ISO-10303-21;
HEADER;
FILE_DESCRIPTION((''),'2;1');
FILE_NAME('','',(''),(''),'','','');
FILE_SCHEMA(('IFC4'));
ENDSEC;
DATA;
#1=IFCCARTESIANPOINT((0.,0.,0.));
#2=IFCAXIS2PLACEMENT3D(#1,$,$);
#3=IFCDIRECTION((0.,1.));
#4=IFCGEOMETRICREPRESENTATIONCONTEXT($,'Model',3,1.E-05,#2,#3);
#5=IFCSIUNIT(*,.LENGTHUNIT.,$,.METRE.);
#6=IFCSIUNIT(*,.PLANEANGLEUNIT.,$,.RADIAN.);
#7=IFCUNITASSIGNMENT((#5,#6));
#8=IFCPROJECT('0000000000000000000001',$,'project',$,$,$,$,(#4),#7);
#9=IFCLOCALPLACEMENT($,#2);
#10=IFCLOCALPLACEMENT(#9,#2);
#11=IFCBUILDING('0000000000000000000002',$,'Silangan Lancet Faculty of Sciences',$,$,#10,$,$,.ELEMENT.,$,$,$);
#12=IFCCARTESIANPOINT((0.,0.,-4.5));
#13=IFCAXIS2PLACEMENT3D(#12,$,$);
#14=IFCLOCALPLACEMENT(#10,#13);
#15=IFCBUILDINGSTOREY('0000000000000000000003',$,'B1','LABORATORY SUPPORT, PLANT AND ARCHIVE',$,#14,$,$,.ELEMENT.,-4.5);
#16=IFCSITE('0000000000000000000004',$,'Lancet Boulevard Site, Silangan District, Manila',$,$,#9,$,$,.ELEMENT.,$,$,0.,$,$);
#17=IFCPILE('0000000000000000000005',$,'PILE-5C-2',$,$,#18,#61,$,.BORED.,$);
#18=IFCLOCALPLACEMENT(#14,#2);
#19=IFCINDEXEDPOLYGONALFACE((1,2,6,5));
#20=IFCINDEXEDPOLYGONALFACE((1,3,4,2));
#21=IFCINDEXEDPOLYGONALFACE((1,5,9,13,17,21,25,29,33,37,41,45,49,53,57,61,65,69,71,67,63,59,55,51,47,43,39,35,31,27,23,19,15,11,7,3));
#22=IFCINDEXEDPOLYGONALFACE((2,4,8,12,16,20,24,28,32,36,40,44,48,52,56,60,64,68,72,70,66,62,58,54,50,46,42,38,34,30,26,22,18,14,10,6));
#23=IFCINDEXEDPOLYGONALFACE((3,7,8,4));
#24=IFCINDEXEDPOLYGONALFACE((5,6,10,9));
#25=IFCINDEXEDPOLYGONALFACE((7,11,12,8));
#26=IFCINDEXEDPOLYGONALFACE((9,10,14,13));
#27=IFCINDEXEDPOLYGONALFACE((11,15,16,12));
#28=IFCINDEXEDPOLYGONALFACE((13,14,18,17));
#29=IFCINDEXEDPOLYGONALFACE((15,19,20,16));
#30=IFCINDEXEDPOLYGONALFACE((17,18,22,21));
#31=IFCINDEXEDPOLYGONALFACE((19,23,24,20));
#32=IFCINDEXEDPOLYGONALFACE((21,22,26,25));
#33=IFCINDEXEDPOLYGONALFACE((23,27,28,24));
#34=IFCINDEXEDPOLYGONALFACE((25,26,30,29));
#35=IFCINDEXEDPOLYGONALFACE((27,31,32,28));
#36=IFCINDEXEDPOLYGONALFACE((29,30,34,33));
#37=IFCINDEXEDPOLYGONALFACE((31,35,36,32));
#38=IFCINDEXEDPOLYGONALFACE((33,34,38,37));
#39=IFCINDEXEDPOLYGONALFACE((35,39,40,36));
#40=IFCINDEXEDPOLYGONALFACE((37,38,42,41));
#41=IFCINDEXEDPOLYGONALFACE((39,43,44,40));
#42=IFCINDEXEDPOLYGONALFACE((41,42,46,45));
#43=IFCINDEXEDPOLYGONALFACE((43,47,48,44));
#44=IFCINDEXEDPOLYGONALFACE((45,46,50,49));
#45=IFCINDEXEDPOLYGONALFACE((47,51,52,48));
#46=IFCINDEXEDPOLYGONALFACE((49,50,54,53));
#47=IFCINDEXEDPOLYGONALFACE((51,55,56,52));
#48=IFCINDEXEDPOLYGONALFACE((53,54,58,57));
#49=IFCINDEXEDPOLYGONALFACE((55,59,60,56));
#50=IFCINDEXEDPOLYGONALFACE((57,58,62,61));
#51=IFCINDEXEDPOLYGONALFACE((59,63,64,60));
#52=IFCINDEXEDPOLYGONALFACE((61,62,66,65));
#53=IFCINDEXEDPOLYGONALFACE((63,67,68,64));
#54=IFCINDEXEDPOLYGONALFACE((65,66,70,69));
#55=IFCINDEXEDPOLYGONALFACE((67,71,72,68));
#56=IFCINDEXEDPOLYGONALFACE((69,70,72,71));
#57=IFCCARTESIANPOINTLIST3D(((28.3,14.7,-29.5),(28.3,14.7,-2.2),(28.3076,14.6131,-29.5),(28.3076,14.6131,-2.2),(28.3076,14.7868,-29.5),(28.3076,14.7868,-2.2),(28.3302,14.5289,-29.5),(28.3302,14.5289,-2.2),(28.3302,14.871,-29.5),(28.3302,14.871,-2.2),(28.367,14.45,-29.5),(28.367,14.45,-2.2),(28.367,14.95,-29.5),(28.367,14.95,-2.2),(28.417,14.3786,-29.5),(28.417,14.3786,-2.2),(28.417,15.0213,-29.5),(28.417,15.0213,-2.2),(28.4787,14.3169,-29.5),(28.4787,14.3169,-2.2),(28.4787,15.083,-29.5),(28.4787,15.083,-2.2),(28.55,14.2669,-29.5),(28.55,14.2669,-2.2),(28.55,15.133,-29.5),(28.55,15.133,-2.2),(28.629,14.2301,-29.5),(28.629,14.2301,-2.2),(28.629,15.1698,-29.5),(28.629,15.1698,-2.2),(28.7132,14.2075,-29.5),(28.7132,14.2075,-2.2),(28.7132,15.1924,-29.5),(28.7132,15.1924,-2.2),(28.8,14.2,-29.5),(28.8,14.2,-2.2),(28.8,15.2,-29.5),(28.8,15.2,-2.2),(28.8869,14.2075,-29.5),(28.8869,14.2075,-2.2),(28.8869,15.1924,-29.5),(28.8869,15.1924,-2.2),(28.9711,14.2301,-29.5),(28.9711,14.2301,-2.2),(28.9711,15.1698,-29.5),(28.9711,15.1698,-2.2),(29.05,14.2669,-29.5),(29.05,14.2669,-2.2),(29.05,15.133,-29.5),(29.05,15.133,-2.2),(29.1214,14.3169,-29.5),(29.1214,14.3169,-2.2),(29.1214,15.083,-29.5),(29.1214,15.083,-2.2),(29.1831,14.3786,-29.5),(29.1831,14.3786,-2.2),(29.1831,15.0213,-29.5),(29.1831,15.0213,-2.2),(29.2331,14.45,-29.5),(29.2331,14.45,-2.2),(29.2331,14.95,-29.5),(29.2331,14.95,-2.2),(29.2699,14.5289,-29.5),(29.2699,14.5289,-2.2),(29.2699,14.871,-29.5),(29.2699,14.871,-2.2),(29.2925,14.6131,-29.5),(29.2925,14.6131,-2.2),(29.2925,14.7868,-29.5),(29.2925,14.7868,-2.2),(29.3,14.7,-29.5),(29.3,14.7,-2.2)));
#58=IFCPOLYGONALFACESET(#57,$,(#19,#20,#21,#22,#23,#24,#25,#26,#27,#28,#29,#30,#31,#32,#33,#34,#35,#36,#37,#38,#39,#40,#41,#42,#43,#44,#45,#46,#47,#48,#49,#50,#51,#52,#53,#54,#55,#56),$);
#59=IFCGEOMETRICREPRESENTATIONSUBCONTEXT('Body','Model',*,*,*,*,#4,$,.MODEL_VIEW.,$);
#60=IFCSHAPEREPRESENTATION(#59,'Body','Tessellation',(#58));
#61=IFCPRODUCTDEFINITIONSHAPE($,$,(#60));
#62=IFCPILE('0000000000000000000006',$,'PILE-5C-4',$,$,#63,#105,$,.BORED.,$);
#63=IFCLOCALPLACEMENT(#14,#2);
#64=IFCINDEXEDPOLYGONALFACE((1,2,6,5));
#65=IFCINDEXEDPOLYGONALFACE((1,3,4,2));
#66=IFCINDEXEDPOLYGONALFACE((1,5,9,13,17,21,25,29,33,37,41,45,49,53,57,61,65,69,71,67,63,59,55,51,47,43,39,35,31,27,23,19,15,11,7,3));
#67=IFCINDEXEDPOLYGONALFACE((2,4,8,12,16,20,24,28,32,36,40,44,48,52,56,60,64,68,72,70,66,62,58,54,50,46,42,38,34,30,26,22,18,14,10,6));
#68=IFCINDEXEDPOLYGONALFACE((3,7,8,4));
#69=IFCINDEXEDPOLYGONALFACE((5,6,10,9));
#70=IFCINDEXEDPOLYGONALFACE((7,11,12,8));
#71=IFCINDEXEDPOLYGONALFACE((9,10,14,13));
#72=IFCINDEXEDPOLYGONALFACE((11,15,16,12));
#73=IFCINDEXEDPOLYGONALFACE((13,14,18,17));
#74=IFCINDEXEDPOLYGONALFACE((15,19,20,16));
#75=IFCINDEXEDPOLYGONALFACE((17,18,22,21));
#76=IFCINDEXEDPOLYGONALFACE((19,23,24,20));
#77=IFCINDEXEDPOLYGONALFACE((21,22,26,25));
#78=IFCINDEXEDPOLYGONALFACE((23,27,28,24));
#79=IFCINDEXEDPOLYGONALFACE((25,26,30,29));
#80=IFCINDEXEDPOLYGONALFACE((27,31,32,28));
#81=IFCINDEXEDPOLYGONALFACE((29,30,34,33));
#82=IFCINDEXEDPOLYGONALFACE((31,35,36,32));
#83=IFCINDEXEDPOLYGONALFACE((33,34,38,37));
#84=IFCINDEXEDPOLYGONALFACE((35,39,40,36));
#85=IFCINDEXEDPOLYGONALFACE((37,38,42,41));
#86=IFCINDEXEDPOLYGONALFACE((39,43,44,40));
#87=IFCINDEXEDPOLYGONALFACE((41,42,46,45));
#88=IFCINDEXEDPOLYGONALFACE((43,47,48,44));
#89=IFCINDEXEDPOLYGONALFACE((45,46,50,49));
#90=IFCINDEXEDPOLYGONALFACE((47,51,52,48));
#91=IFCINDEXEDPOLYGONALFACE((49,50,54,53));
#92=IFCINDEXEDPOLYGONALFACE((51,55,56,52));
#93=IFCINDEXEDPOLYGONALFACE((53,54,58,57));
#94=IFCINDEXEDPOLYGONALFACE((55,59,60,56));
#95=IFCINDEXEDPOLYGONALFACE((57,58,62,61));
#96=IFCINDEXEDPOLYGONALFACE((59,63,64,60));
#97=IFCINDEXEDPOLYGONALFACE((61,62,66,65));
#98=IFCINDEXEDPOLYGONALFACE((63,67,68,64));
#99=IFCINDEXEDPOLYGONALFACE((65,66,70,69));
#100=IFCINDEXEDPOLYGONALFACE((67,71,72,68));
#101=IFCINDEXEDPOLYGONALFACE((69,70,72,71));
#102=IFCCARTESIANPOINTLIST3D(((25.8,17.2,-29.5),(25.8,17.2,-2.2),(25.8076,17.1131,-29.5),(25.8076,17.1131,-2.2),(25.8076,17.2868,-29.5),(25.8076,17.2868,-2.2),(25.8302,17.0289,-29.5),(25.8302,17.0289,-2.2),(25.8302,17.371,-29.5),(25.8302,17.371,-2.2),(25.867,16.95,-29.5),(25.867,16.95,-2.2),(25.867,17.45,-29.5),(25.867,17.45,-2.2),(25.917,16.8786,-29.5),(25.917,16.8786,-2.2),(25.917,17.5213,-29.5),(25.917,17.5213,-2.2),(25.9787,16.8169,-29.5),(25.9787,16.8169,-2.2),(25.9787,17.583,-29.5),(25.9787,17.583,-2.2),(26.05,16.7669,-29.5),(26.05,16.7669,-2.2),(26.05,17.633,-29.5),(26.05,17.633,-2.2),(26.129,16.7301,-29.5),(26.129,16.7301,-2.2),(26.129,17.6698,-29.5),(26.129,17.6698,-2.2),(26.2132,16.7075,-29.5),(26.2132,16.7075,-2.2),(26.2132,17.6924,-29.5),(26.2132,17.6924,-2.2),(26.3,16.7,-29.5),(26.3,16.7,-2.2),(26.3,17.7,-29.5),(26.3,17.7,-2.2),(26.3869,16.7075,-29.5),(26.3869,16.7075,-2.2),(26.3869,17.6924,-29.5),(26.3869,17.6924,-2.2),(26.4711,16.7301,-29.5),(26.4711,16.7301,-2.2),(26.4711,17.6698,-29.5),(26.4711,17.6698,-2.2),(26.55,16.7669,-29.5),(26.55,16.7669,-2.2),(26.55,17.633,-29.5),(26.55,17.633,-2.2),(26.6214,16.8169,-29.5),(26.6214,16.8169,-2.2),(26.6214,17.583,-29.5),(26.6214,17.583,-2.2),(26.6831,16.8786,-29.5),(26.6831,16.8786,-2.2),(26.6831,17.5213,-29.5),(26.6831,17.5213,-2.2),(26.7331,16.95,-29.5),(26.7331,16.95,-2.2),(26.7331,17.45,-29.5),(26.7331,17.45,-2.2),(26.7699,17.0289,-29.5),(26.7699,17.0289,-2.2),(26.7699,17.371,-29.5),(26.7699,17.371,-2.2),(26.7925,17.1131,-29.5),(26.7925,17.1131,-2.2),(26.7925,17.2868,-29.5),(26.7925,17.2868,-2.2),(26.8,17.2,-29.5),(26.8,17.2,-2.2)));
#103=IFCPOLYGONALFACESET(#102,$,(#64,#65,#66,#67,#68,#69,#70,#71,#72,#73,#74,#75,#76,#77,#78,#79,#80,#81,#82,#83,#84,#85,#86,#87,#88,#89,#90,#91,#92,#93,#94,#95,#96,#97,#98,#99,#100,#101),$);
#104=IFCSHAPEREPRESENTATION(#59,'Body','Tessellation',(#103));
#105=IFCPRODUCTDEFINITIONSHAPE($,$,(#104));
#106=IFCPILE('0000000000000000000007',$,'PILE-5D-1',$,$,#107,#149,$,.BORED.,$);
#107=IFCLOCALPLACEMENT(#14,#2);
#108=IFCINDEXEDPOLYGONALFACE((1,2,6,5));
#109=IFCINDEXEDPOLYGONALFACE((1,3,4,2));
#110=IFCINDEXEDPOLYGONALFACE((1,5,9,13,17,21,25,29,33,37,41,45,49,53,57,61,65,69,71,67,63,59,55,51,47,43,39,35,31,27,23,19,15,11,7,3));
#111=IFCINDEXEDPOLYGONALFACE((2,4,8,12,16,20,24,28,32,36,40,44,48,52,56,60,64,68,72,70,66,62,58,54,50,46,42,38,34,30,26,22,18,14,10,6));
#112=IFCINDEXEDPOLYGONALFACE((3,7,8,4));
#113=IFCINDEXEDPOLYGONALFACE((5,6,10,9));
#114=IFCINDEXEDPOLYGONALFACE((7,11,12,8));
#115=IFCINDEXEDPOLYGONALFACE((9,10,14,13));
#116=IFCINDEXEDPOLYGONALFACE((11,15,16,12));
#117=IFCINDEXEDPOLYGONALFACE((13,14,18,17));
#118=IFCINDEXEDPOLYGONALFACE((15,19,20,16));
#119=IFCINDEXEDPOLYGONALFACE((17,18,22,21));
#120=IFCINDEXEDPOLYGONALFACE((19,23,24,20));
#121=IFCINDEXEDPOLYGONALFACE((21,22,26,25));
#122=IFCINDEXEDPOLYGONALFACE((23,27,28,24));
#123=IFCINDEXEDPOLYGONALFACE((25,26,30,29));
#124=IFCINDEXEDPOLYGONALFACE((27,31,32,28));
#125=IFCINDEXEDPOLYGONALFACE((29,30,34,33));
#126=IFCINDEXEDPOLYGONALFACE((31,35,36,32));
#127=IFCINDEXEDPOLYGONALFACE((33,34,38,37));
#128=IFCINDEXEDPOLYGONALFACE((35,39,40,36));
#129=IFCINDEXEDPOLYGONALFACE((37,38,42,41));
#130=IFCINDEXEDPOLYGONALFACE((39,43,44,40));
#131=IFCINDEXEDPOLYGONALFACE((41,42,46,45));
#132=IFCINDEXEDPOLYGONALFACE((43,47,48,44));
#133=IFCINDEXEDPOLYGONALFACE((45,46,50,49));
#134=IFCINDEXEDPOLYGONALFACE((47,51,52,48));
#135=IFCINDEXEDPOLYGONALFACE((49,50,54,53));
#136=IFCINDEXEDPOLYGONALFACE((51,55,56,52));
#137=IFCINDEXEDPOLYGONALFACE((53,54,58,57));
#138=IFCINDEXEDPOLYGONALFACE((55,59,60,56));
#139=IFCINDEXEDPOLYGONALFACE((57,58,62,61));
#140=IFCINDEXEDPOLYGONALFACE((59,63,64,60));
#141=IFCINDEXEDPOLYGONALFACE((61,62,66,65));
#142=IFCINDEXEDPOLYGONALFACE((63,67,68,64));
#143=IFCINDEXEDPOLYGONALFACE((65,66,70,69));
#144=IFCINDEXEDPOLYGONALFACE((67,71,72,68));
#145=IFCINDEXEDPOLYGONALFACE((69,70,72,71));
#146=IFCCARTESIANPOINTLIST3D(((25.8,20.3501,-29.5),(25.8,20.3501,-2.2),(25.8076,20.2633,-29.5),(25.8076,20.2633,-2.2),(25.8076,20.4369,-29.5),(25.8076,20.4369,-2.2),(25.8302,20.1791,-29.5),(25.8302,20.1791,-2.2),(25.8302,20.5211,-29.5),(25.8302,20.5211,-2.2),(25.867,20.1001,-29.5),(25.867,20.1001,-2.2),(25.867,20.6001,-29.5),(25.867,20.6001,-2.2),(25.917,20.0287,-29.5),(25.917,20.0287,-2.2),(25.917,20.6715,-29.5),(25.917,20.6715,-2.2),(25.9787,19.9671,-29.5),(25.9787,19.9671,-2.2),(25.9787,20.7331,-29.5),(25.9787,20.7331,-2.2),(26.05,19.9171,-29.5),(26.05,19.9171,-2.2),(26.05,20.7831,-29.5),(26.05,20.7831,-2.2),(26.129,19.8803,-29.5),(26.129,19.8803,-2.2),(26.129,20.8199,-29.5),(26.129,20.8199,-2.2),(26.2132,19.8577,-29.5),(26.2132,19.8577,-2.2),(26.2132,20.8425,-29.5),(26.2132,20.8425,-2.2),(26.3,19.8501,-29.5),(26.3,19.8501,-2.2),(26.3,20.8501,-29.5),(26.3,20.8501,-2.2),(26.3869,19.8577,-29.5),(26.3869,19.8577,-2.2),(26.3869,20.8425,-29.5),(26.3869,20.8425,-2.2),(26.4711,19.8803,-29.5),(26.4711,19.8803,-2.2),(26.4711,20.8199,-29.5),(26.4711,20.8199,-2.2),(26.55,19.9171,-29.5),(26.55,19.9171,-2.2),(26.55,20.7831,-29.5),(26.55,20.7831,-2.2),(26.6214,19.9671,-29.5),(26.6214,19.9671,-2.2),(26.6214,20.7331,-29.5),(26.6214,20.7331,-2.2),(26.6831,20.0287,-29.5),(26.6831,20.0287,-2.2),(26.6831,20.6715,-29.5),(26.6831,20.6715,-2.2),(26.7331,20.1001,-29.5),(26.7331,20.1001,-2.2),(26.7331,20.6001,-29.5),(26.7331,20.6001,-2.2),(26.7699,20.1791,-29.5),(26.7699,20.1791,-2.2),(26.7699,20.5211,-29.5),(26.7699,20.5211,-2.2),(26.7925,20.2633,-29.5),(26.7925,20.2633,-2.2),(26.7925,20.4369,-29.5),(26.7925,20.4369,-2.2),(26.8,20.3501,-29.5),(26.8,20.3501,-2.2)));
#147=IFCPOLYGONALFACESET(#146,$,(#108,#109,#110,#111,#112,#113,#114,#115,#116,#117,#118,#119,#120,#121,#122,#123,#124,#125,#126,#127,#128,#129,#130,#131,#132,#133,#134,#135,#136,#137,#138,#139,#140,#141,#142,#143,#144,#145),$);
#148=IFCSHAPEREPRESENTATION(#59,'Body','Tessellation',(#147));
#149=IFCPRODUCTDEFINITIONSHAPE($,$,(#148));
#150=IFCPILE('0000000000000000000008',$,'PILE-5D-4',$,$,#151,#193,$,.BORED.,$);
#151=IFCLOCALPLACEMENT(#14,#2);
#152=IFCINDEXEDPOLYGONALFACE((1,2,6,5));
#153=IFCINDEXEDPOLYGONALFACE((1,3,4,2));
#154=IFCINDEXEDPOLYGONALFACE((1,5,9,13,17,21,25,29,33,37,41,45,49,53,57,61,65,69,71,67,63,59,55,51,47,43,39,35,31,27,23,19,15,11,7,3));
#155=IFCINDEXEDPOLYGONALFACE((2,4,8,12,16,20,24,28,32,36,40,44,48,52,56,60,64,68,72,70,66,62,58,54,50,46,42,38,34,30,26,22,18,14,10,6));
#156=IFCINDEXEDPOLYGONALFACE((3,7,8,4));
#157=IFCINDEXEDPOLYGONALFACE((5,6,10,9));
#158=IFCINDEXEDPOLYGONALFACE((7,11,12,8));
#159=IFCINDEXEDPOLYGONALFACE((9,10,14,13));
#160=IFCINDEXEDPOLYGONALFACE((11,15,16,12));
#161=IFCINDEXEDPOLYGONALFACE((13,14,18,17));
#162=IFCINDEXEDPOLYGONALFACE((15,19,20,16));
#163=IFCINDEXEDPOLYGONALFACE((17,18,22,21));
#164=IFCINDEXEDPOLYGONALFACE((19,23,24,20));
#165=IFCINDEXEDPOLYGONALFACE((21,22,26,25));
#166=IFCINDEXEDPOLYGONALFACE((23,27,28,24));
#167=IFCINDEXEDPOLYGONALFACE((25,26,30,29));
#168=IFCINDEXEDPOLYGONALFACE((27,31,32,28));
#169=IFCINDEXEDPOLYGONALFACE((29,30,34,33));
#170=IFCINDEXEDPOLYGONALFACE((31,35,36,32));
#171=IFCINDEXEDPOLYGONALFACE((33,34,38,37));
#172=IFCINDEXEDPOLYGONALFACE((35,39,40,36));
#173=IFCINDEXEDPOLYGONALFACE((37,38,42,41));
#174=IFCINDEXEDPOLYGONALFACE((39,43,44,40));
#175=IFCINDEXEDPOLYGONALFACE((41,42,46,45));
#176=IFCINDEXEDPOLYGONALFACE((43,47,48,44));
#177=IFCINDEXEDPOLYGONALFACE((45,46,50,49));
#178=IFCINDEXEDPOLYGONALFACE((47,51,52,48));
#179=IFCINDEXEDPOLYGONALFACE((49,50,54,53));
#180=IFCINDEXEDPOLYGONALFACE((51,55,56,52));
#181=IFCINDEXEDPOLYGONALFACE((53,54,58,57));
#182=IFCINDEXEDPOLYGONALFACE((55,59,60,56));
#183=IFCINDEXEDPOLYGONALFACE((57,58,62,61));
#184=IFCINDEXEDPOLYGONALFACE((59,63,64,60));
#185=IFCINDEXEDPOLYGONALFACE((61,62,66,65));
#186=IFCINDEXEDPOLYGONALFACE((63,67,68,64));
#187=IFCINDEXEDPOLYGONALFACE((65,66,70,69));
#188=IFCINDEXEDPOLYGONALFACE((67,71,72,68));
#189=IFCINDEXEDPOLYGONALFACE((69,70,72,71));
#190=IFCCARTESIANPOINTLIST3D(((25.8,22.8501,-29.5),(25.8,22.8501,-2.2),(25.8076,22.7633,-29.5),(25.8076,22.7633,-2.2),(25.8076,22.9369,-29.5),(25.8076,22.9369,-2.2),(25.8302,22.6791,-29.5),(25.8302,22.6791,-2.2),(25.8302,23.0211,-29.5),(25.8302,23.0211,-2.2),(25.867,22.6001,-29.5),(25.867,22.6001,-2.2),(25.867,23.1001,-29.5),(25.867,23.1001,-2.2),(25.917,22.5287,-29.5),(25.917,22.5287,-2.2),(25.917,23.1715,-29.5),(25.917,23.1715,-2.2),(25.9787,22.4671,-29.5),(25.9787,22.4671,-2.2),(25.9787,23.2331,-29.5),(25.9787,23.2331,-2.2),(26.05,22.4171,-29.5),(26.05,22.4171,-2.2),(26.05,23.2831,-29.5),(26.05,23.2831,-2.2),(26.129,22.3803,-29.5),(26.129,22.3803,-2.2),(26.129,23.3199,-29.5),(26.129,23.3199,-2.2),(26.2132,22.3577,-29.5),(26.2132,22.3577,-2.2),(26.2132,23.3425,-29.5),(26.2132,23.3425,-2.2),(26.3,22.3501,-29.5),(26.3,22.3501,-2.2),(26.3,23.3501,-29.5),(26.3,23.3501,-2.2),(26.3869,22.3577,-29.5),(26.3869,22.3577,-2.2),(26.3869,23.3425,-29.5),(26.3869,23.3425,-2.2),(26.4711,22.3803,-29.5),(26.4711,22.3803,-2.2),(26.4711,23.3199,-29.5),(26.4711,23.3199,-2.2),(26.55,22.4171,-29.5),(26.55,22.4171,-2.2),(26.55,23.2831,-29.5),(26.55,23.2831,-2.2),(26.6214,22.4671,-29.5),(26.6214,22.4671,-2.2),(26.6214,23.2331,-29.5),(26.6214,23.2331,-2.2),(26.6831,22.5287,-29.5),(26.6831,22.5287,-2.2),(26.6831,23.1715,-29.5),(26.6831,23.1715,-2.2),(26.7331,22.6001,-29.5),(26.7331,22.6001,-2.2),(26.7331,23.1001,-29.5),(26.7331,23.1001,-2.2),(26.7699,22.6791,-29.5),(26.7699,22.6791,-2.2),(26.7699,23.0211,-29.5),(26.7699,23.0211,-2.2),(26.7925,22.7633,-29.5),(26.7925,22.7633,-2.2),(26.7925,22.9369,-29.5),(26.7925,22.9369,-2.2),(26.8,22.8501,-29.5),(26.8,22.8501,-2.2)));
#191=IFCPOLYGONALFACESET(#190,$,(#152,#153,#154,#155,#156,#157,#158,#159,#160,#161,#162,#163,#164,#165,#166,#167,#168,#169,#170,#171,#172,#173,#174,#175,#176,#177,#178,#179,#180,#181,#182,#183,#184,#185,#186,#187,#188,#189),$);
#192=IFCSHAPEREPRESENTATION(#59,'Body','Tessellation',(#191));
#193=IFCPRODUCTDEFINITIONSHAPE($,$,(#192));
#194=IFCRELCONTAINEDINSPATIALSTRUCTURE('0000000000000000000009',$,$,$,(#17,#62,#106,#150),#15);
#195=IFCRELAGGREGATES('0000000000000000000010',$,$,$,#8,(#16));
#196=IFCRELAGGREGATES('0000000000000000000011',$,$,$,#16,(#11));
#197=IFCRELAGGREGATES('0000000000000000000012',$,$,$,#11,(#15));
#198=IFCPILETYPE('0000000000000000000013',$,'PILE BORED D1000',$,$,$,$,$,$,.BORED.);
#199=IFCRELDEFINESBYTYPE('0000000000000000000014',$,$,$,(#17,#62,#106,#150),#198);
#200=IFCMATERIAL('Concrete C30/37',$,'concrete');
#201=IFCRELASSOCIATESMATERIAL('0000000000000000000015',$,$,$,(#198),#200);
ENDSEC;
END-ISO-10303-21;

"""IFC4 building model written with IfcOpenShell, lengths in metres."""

from ifc_helpers import new_model, si_unit, direction, frame, origin, origin_2d, place, context, subcontext, project, spatial, circle, extrude, material, material_profile, profile_set, type_object, element, save


model = new_model("IFC4")

# Units and contexts
model_context = context("Model", 3, precision=1e-05, world=origin(), true_north=direction((0.0, 1.0)))
body_context = subcontext(model_context, "Body", "Model", "MODEL_VIEW")
ifc_project = project(units=[si_unit("LENGTHUNIT", "METRE"), si_unit("PLANEANGLEUNIT", "RADIAN")], contexts=[model_context])

# Site, building, storey
site_placement = place(None, origin())
site = spatial("IfcSite", under=ifc_project, at=site_placement, Name="Lancet Boulevard Site, Silangan District, Manila", CompositionType="ELEMENT", RefElevation=0.0)
building_placement = place(site_placement, origin())
building = spatial("IfcBuilding", under=site, at=building_placement, Name="Silangan Lancet Faculty of Sciences", CompositionType="ELEMENT")
storey_placement = place(building_placement, frame((0.0, 0.0, -4.5)))
storey = spatial("IfcBuildingStorey", under=building, at=storey_placement, Name="B1", Description="LABORATORY SUPPORT, PLANT AND ARCHIVE", CompositionType="ELEMENT", Elevation=-4.5)

# Piles
ifc_material_1 = material(Name="Concrete C30/37", Category="concrete")
ifc_material_profile_1 = material_profile(ifc_material_1, circle(Radius=0.5, at=origin_2d()), Name="BORED PILE D1000")
ifc_profile_set_1 = profile_set([ifc_material_profile_1], Name="Concrete C30/37")
pile_type = type_object("IfcPileType", Name="PILE BORED D1000", PredefinedType="BORED", material=ifc_profile_set_1)
for number, where, z_axis, x_axis, name in (
    (1, (28.8, 14.7, -2.2), (0.0, 0.0, -1.0), (1.0, 0.0, 0.0), "PILE-5C-2"),
    (2, (26.3, 17.2, -2.2), (0.0, 0.0, -1.0), (1.0, 0.0, 0.0), "PILE-5C-4"),
    (3, (26.3, 20.3501, -2.2), (0.0, 0.0, -1.0), (1.0, 0.0, 0.0), "PILE-5D-1"),
    (4, (26.3, 22.8501, -2.2), (0.0, 0.0, -1.0), (1.0, 0.0, 0.0), "PILE-5D-4"),
):
    element("IfcPile", number, at=place(storey_placement, frame(where, z_axis=z_axis, x_axis=x_axis)), inside=storey, type_object=pile_type, Name=name, PredefinedType="BORED", context=body_context, shape_type="SweptSolid", body=[
        extrude(circle(Radius=0.5, at=origin_2d()), origin(), (0.0, 0.0, 1.0), 27.3),
    ])

save(model, "model.ifc")
